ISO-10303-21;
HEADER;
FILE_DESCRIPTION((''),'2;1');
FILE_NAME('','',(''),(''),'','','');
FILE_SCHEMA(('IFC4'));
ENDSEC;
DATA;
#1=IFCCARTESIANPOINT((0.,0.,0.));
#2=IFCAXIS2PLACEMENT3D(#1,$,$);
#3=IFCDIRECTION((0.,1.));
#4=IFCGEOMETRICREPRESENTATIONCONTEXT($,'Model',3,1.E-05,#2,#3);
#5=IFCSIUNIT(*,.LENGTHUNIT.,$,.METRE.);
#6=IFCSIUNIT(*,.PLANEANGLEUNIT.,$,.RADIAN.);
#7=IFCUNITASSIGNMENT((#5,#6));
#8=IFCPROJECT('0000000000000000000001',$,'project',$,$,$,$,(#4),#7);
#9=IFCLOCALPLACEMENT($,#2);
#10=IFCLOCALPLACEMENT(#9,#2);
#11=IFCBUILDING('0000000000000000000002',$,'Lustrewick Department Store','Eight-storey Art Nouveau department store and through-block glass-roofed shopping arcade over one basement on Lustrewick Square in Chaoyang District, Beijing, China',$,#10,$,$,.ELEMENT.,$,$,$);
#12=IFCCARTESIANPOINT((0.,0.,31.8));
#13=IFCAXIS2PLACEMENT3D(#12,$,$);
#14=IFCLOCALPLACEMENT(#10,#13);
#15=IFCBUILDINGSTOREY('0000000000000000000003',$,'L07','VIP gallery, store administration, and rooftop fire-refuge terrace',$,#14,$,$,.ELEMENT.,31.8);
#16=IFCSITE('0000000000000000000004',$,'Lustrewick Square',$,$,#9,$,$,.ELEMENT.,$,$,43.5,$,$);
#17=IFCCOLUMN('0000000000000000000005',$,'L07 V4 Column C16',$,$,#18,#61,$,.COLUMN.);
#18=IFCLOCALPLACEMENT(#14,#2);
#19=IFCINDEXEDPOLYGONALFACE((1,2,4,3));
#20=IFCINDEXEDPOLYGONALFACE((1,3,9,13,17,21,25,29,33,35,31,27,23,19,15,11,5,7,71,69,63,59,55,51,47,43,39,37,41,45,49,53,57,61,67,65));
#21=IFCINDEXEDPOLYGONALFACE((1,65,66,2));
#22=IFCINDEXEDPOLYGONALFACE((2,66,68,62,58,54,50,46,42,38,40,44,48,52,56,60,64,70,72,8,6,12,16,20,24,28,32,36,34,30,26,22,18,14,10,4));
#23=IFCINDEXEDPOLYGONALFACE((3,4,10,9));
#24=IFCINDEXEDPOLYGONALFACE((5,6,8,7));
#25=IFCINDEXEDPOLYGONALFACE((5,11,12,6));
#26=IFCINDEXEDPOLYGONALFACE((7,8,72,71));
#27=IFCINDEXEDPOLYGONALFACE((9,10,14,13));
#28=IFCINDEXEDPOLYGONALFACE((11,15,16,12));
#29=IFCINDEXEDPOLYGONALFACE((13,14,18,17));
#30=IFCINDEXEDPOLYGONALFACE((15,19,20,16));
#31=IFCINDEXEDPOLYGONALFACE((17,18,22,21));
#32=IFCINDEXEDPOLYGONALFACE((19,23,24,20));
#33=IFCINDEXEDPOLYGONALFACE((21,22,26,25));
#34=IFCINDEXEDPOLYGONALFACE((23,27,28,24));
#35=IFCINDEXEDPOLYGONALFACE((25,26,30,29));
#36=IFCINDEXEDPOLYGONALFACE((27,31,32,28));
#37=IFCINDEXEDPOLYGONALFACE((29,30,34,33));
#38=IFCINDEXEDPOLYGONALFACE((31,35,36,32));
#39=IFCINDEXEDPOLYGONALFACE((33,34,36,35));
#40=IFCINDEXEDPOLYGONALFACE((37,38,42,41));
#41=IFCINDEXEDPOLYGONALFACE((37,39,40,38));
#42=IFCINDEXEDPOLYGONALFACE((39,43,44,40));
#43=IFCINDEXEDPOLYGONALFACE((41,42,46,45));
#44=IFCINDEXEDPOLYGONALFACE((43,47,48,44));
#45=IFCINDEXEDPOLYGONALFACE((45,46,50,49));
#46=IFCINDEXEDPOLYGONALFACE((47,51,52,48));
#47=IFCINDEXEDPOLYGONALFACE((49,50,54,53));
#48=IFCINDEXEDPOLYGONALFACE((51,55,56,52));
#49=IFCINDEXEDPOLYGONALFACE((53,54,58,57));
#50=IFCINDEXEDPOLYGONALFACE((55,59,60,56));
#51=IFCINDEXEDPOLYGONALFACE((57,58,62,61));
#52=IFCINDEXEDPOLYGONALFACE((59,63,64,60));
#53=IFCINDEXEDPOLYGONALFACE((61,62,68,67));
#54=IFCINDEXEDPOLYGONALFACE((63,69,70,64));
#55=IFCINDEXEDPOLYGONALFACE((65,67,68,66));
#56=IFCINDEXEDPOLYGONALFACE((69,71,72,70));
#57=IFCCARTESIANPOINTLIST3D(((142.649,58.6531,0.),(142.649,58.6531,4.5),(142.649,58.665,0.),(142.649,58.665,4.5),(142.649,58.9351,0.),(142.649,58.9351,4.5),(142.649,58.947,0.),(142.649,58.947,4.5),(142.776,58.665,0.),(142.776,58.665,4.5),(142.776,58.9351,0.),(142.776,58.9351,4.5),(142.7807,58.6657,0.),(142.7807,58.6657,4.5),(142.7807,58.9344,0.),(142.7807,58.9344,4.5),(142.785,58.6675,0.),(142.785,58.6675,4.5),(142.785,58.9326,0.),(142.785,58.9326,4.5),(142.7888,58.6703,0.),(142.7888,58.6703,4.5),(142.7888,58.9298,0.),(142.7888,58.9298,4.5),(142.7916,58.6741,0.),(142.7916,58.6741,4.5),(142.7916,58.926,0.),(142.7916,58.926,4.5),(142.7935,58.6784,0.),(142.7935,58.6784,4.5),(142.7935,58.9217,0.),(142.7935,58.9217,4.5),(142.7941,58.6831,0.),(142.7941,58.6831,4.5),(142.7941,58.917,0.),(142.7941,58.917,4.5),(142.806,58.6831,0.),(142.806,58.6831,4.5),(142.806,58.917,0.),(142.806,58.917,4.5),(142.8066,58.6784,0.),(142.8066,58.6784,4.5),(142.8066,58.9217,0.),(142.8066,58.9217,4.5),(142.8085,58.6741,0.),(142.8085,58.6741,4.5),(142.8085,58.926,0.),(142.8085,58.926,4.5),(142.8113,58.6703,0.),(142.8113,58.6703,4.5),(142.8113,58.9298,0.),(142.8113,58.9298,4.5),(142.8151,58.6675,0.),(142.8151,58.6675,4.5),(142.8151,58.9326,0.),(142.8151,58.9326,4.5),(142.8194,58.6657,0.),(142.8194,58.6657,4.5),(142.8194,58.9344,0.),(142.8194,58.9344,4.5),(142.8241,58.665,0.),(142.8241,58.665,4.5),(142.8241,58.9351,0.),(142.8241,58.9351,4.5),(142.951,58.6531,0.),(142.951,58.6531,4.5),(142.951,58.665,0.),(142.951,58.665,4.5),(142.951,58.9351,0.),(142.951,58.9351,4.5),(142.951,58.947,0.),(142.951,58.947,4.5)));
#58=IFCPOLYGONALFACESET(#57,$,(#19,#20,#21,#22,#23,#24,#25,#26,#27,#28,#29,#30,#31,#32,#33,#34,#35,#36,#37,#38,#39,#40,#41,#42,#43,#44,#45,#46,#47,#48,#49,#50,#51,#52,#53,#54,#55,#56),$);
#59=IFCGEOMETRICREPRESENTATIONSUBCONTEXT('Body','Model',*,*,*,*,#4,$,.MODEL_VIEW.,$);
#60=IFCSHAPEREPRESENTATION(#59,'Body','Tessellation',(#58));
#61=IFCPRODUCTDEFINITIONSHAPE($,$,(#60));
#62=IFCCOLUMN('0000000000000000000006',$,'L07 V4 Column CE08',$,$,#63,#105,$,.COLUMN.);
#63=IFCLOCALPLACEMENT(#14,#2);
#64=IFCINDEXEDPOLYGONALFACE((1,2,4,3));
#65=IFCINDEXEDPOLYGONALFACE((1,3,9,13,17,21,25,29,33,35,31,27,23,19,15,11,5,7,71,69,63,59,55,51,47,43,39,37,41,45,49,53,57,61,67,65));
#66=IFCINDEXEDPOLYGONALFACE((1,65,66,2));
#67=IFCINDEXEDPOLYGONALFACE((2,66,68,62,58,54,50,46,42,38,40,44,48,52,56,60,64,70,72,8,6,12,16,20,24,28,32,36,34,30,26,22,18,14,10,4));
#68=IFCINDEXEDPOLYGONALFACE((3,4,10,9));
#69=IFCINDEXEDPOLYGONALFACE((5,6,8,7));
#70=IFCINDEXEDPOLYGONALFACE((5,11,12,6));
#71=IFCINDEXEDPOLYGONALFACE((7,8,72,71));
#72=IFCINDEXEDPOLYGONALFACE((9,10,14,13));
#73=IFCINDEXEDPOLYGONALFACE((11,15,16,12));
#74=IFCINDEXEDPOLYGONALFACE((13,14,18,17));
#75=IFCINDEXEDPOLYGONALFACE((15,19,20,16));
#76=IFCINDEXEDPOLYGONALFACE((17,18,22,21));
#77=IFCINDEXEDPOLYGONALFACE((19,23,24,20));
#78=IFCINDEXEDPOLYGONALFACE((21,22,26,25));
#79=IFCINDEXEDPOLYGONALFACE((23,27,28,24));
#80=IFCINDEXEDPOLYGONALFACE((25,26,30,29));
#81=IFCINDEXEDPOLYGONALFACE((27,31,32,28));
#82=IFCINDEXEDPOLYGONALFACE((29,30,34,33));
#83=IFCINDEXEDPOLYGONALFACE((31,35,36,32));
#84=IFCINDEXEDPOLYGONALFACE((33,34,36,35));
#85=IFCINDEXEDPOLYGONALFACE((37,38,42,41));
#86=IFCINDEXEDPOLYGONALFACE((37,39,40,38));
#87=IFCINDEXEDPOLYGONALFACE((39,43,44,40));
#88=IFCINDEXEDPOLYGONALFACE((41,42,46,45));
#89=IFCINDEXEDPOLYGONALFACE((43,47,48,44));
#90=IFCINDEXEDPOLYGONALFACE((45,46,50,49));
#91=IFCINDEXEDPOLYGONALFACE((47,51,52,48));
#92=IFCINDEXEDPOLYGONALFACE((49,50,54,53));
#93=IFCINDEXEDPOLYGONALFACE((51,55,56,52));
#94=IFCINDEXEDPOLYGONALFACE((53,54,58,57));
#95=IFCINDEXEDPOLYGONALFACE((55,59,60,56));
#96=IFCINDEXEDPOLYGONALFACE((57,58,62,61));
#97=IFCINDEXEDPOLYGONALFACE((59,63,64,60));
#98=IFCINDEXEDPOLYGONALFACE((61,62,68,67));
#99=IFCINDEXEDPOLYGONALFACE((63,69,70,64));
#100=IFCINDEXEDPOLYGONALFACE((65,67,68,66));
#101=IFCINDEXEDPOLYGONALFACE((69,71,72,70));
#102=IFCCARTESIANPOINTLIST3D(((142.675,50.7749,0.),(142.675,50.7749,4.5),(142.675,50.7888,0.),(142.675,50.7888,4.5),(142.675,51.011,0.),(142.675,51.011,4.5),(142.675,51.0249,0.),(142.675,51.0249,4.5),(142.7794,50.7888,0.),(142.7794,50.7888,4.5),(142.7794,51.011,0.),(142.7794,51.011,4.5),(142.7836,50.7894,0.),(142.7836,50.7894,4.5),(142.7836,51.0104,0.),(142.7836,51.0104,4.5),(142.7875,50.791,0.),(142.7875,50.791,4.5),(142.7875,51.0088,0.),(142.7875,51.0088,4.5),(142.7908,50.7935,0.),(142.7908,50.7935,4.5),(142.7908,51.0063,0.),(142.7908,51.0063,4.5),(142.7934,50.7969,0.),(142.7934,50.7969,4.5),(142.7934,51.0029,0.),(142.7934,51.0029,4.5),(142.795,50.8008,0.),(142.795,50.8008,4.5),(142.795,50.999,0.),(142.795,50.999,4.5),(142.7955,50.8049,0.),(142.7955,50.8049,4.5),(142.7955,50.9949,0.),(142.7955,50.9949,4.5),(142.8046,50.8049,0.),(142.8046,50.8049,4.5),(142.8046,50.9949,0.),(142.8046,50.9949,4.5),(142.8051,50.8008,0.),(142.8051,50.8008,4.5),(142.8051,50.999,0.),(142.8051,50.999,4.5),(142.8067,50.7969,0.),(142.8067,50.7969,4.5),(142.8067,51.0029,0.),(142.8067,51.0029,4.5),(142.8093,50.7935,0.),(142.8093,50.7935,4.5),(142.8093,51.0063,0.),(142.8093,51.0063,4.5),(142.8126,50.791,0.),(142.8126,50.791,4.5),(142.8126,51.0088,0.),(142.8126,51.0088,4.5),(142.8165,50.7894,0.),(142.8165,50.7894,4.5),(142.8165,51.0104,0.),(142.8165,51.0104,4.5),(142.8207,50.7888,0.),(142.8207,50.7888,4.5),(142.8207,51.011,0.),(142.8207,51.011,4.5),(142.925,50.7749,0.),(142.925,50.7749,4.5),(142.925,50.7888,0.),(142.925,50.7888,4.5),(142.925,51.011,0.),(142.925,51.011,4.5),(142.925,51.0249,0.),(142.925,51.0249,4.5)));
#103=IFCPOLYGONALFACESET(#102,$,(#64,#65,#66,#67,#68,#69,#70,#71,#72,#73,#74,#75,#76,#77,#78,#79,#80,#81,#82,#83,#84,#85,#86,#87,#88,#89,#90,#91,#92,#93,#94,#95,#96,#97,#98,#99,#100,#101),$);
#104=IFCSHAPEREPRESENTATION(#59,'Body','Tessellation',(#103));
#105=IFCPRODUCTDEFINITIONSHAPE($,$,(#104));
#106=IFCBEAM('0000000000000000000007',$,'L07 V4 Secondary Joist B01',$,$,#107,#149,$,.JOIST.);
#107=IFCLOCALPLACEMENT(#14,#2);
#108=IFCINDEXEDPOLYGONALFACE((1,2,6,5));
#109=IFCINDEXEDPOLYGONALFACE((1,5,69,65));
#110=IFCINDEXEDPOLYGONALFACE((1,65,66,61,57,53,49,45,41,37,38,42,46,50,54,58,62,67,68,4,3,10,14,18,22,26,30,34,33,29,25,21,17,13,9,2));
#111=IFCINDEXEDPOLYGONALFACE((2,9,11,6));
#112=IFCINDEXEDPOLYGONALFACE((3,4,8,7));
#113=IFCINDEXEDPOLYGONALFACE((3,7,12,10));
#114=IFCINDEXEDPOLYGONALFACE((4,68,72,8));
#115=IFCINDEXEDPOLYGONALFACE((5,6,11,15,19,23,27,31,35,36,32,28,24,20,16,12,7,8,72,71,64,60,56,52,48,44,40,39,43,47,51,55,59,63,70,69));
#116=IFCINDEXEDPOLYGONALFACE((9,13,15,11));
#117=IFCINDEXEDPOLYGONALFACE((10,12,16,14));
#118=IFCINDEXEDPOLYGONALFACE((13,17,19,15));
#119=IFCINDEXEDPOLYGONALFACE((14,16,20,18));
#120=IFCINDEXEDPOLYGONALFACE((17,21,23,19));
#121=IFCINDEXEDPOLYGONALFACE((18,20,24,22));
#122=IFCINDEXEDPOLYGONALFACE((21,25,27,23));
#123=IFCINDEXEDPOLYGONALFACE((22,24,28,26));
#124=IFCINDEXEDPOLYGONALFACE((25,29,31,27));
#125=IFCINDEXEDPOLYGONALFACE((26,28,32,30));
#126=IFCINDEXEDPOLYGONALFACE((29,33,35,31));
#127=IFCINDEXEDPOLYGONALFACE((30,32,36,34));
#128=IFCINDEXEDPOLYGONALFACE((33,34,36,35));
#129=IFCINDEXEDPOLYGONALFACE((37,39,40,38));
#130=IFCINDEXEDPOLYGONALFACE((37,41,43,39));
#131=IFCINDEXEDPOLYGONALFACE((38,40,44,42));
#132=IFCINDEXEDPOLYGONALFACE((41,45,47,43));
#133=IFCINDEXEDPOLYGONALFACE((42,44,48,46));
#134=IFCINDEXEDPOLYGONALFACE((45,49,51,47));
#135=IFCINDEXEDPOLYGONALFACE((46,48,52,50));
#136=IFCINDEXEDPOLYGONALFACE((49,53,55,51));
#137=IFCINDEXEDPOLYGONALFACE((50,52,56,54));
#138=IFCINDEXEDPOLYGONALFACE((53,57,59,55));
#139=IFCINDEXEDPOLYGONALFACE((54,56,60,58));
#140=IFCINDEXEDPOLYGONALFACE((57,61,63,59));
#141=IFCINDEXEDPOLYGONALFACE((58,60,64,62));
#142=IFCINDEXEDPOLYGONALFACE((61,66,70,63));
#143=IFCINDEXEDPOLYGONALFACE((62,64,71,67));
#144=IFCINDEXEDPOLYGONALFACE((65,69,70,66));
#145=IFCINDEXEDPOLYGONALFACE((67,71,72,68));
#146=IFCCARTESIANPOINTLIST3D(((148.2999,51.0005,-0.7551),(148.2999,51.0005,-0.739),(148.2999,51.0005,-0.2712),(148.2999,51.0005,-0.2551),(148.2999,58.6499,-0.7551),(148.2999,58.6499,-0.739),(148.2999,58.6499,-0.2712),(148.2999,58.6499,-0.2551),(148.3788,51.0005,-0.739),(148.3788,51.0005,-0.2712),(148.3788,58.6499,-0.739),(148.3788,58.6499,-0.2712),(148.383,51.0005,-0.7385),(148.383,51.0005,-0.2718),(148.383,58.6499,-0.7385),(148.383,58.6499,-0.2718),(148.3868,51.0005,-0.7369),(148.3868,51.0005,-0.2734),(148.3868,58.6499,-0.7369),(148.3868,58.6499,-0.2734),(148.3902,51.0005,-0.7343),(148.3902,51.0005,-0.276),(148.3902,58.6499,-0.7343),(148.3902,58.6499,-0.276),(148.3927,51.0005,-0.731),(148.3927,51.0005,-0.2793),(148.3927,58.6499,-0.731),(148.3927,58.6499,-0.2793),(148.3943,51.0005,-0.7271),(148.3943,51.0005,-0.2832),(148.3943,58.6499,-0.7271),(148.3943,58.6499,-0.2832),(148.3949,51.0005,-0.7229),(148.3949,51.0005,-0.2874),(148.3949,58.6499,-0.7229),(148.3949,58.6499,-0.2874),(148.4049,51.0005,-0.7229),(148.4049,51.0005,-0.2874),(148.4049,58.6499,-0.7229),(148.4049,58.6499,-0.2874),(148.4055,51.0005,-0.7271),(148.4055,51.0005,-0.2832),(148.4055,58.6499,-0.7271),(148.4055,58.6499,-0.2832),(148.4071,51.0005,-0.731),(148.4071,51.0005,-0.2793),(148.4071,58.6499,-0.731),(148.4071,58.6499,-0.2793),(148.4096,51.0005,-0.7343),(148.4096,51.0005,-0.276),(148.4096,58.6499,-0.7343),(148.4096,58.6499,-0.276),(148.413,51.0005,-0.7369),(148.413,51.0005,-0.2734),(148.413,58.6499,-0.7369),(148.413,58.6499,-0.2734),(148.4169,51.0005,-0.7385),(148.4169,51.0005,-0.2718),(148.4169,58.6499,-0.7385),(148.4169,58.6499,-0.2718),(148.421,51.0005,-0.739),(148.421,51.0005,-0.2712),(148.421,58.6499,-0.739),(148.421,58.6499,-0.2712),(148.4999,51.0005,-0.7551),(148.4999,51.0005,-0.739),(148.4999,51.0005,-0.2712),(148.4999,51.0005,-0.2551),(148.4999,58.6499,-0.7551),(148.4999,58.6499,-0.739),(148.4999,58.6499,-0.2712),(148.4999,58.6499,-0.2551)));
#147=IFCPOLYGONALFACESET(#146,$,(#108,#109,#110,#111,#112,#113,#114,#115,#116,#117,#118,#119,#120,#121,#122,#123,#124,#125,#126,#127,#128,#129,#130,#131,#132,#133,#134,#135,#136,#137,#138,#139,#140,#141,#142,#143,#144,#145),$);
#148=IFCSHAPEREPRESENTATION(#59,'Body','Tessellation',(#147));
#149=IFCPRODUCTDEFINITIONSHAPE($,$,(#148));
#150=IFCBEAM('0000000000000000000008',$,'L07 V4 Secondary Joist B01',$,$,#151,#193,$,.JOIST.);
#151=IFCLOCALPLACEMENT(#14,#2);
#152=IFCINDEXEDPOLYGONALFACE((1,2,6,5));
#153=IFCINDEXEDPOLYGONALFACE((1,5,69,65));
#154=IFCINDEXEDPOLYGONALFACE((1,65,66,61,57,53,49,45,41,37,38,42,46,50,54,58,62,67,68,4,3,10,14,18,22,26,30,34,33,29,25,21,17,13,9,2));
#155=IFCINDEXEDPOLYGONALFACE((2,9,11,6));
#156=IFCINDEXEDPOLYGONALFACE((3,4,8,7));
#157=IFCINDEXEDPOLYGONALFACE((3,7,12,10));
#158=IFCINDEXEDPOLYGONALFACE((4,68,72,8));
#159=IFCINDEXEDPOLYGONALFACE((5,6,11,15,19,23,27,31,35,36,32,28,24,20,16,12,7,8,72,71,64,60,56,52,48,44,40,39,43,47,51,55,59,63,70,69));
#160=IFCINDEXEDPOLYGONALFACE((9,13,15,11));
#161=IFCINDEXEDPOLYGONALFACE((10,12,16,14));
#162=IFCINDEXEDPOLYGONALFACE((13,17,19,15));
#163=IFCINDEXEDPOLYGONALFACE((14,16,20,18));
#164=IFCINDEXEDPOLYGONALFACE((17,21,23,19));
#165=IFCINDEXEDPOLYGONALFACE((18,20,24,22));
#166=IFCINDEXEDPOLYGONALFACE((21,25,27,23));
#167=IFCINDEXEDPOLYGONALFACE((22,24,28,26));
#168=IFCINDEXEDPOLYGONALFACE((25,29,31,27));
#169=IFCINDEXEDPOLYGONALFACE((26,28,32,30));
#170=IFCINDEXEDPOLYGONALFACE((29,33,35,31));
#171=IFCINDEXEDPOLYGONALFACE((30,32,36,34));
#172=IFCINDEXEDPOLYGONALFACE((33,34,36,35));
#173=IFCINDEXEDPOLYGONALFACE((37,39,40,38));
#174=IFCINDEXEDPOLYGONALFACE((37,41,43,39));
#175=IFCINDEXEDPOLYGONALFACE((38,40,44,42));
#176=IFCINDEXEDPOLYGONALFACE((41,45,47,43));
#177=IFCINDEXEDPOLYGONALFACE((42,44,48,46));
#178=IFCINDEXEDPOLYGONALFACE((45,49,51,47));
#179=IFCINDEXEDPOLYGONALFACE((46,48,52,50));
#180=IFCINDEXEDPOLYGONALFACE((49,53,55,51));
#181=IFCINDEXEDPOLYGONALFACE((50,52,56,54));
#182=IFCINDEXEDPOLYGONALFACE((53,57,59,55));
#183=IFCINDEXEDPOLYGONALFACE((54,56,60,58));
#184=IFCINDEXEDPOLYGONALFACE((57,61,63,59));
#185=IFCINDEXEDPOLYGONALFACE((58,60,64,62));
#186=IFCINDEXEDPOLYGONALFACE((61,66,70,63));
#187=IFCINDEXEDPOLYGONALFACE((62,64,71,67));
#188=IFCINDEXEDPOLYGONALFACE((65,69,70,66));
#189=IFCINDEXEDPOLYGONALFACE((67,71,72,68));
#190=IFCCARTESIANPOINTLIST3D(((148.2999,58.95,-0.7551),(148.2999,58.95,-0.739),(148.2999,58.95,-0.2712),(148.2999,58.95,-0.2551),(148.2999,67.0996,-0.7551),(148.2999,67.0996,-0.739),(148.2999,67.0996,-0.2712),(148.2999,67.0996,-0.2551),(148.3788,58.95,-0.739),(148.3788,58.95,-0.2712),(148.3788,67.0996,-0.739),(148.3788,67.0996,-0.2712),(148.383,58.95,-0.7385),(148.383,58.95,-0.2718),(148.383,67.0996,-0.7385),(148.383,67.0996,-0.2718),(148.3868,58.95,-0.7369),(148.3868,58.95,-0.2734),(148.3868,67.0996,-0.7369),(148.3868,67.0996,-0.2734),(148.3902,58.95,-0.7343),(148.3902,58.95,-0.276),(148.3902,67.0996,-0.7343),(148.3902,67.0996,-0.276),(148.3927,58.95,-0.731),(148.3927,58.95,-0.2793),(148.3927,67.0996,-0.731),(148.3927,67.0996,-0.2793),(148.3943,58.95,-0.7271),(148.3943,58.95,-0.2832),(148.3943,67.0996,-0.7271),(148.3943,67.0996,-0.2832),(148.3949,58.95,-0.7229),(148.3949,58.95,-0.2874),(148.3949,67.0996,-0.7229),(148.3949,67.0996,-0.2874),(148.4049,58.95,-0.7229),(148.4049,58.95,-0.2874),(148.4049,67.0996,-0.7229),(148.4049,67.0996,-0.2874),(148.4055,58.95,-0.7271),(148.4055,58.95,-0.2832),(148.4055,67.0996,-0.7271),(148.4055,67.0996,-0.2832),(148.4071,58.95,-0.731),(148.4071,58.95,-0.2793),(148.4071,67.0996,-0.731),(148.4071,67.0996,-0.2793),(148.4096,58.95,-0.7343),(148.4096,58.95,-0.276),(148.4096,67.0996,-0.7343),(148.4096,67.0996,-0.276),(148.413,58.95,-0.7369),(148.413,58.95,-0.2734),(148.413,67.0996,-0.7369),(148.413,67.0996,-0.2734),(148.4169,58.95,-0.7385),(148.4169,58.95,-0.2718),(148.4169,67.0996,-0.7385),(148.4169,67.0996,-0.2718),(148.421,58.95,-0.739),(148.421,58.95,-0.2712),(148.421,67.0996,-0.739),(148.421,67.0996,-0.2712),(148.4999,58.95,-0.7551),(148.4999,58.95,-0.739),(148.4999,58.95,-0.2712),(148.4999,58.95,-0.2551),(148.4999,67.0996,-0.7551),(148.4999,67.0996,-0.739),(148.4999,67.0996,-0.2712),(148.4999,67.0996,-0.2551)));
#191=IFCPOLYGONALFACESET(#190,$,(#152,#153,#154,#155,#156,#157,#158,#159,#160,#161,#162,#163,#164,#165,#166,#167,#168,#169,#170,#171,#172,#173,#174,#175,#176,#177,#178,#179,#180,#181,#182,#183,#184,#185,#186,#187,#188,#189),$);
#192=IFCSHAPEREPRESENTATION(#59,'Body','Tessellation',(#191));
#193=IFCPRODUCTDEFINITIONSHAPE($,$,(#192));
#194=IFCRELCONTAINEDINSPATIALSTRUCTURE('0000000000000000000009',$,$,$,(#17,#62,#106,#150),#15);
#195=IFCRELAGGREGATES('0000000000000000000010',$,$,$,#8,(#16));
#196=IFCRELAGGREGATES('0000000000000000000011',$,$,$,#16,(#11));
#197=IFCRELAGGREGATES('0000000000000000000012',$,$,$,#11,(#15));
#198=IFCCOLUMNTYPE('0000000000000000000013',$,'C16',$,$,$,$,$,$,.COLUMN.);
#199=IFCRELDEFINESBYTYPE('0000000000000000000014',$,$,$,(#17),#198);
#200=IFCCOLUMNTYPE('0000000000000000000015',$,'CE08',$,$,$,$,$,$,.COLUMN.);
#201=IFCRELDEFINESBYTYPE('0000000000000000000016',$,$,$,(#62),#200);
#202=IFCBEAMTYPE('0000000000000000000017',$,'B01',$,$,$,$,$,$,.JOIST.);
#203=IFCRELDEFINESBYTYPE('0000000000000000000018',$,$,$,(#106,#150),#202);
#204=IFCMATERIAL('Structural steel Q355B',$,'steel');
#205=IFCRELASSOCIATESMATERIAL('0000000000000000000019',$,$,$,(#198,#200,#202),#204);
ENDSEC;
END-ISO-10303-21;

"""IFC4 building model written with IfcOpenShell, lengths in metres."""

from ifc_helpers import new_model, si_unit, direction, frame, origin, origin_2d, place, context, subcontext, project, spatial, i_section, extrude, material, material_profile, profile_set, type_object, element, save


model = new_model("IFC4")

# Units and contexts
model_context = context("Model", 3, precision=1e-05, world=origin(), true_north=direction((0.0, 1.0)))
body_context = subcontext(model_context, "Body", "Model", "MODEL_VIEW")
ifc_project = project(units=[si_unit("LENGTHUNIT", "METRE"), si_unit("PLANEANGLEUNIT", "RADIAN")], contexts=[model_context])

# Site, building, storey
site_placement = place(None, origin())
site = spatial("IfcSite", under=ifc_project, at=site_placement, Name="Lustrewick Square", CompositionType="ELEMENT", RefElevation=43.5)
building_placement = place(site_placement, origin())
building = spatial("IfcBuilding", under=site, at=building_placement, Name="Lustrewick Department Store", Description="Eight-storey Art Nouveau department store and through-block glass-roofed shopping arcade over one basement on Lustrewick Square in Chaoyang District, Beijing, China", CompositionType="ELEMENT")
storey_placement = place(building_placement, frame((0.0, 0.0, 31.8)))
storey = spatial("IfcBuildingStorey", under=building, at=storey_placement, Name="L07", Description="VIP gallery, store administration, and rooftop fire-refuge terrace", CompositionType="ELEMENT", Elevation=31.8)

# Columns
ifc_material_1 = material(Name="Structural steel Q355B", Category="steel")
ifc_material_profile_1 = material_profile(ifc_material_1, i_section(OverallWidth=0.302, OverallDepth=0.2939, WebThickness=0.012, FlangeThickness=0.012, FilletRadius=0.0181, at=origin_2d()), Name="HW 294x302x12x12")
ifc_profile_set_1 = profile_set([ifc_material_profile_1], Name="Structural steel Q355B")
column_type_1 = type_object("IfcColumnType", Name="C16", PredefinedType="COLUMN", material=ifc_profile_set_1)
column_1_placement = place(storey_placement, frame((142.8, 58.8, 0.0), z_axis=(0.0, 0.0, 1.0), x_axis=(1.0, 0.0, 0.0)))
element("IfcColumn", 1, at=column_1_placement, inside=storey, type_object=column_type_1, Name="L07 V4 Column C16", PredefinedType="COLUMN", context=body_context, shape_type="SweptSolid", body=[
    extrude(i_section(OverallWidth=0.302, OverallDepth=0.2939, WebThickness=0.012, FlangeThickness=0.012, FilletRadius=0.0181, at=origin_2d()), origin(), (0.0, 0.0, 1.0), 4.5),
])
ifc_material_profile_2 = material_profile(ifc_material_1, i_section(OverallWidth=0.25, OverallDepth=0.25, WebThickness=0.009, FlangeThickness=0.0139, FilletRadius=0.0161, at=origin_2d()), Name="HW 250x250x9x14")
ifc_profile_set_2 = profile_set([ifc_material_profile_2], Name="Structural steel Q355B")
column_type_2 = type_object("IfcColumnType", Name="CE08", PredefinedType="COLUMN", material=ifc_profile_set_2)
column_2_placement = place(storey_placement, frame((142.8, 50.8999, 0.0), z_axis=(0.0, 0.0, 1.0), x_axis=(1.0, 0.0, 0.0)))
element("IfcColumn", 2, at=column_2_placement, inside=storey, type_object=column_type_2, Name="L07 V4 Column CE08", PredefinedType="COLUMN", context=body_context, shape_type="SweptSolid", body=[
    extrude(i_section(OverallWidth=0.25, OverallDepth=0.25, WebThickness=0.009, FlangeThickness=0.0139, FilletRadius=0.0161, at=origin_2d()), origin(), (0.0, 0.0, 1.0), 4.5),
])

# Beams
ifc_material_profile_3 = material_profile(ifc_material_1, i_section(OverallWidth=0.2, OverallDepth=0.5, WebThickness=0.01, FlangeThickness=0.0161, FilletRadius=0.0161, at=origin_2d()), Name="HN 500x200x10x16")
ifc_profile_set_3 = profile_set([ifc_material_profile_3], Name="Structural steel Q355B")
beam_type_1 = type_object("IfcBeamType", Name="B01", PredefinedType="JOIST", material=ifc_profile_set_3)
beam_1_placement = place(storey_placement, frame((148.3999, 51.0005, -0.5051), z_axis=(0.0, 1.0, 0.0), x_axis=(-1.0, 0.0, 0.0)))
element("IfcBeam", 3, at=beam_1_placement, inside=storey, type_object=beam_type_1, Name="L07 V4 Secondary Joist B01", PredefinedType="JOIST", context=body_context, shape_type="SweptSolid", body=[
    extrude(i_section(OverallWidth=0.2, OverallDepth=0.5, WebThickness=0.01, FlangeThickness=0.0161, FilletRadius=0.0161, at=origin_2d()), origin(), (0.0, 0.0, 1.0), 7.6494),
])
beam_2_placement = place(storey_placement, frame((148.3999, 58.95, -0.5051), z_axis=(0.0, 1.0, 0.0), x_axis=(-1.0, 0.0, 0.0)))
element("IfcBeam", 4, at=beam_2_placement, inside=storey, type_object=beam_type_1, Name="L07 V4 Secondary Joist B01", PredefinedType="JOIST", context=body_context, shape_type="SweptSolid", body=[
    extrude(i_section(OverallWidth=0.2, OverallDepth=0.5, WebThickness=0.01, FlangeThickness=0.0161, FilletRadius=0.0161, at=origin_2d()), origin(), (0.0, 0.0, 1.0), 8.1497),
])

save(model, "model.ifc")
